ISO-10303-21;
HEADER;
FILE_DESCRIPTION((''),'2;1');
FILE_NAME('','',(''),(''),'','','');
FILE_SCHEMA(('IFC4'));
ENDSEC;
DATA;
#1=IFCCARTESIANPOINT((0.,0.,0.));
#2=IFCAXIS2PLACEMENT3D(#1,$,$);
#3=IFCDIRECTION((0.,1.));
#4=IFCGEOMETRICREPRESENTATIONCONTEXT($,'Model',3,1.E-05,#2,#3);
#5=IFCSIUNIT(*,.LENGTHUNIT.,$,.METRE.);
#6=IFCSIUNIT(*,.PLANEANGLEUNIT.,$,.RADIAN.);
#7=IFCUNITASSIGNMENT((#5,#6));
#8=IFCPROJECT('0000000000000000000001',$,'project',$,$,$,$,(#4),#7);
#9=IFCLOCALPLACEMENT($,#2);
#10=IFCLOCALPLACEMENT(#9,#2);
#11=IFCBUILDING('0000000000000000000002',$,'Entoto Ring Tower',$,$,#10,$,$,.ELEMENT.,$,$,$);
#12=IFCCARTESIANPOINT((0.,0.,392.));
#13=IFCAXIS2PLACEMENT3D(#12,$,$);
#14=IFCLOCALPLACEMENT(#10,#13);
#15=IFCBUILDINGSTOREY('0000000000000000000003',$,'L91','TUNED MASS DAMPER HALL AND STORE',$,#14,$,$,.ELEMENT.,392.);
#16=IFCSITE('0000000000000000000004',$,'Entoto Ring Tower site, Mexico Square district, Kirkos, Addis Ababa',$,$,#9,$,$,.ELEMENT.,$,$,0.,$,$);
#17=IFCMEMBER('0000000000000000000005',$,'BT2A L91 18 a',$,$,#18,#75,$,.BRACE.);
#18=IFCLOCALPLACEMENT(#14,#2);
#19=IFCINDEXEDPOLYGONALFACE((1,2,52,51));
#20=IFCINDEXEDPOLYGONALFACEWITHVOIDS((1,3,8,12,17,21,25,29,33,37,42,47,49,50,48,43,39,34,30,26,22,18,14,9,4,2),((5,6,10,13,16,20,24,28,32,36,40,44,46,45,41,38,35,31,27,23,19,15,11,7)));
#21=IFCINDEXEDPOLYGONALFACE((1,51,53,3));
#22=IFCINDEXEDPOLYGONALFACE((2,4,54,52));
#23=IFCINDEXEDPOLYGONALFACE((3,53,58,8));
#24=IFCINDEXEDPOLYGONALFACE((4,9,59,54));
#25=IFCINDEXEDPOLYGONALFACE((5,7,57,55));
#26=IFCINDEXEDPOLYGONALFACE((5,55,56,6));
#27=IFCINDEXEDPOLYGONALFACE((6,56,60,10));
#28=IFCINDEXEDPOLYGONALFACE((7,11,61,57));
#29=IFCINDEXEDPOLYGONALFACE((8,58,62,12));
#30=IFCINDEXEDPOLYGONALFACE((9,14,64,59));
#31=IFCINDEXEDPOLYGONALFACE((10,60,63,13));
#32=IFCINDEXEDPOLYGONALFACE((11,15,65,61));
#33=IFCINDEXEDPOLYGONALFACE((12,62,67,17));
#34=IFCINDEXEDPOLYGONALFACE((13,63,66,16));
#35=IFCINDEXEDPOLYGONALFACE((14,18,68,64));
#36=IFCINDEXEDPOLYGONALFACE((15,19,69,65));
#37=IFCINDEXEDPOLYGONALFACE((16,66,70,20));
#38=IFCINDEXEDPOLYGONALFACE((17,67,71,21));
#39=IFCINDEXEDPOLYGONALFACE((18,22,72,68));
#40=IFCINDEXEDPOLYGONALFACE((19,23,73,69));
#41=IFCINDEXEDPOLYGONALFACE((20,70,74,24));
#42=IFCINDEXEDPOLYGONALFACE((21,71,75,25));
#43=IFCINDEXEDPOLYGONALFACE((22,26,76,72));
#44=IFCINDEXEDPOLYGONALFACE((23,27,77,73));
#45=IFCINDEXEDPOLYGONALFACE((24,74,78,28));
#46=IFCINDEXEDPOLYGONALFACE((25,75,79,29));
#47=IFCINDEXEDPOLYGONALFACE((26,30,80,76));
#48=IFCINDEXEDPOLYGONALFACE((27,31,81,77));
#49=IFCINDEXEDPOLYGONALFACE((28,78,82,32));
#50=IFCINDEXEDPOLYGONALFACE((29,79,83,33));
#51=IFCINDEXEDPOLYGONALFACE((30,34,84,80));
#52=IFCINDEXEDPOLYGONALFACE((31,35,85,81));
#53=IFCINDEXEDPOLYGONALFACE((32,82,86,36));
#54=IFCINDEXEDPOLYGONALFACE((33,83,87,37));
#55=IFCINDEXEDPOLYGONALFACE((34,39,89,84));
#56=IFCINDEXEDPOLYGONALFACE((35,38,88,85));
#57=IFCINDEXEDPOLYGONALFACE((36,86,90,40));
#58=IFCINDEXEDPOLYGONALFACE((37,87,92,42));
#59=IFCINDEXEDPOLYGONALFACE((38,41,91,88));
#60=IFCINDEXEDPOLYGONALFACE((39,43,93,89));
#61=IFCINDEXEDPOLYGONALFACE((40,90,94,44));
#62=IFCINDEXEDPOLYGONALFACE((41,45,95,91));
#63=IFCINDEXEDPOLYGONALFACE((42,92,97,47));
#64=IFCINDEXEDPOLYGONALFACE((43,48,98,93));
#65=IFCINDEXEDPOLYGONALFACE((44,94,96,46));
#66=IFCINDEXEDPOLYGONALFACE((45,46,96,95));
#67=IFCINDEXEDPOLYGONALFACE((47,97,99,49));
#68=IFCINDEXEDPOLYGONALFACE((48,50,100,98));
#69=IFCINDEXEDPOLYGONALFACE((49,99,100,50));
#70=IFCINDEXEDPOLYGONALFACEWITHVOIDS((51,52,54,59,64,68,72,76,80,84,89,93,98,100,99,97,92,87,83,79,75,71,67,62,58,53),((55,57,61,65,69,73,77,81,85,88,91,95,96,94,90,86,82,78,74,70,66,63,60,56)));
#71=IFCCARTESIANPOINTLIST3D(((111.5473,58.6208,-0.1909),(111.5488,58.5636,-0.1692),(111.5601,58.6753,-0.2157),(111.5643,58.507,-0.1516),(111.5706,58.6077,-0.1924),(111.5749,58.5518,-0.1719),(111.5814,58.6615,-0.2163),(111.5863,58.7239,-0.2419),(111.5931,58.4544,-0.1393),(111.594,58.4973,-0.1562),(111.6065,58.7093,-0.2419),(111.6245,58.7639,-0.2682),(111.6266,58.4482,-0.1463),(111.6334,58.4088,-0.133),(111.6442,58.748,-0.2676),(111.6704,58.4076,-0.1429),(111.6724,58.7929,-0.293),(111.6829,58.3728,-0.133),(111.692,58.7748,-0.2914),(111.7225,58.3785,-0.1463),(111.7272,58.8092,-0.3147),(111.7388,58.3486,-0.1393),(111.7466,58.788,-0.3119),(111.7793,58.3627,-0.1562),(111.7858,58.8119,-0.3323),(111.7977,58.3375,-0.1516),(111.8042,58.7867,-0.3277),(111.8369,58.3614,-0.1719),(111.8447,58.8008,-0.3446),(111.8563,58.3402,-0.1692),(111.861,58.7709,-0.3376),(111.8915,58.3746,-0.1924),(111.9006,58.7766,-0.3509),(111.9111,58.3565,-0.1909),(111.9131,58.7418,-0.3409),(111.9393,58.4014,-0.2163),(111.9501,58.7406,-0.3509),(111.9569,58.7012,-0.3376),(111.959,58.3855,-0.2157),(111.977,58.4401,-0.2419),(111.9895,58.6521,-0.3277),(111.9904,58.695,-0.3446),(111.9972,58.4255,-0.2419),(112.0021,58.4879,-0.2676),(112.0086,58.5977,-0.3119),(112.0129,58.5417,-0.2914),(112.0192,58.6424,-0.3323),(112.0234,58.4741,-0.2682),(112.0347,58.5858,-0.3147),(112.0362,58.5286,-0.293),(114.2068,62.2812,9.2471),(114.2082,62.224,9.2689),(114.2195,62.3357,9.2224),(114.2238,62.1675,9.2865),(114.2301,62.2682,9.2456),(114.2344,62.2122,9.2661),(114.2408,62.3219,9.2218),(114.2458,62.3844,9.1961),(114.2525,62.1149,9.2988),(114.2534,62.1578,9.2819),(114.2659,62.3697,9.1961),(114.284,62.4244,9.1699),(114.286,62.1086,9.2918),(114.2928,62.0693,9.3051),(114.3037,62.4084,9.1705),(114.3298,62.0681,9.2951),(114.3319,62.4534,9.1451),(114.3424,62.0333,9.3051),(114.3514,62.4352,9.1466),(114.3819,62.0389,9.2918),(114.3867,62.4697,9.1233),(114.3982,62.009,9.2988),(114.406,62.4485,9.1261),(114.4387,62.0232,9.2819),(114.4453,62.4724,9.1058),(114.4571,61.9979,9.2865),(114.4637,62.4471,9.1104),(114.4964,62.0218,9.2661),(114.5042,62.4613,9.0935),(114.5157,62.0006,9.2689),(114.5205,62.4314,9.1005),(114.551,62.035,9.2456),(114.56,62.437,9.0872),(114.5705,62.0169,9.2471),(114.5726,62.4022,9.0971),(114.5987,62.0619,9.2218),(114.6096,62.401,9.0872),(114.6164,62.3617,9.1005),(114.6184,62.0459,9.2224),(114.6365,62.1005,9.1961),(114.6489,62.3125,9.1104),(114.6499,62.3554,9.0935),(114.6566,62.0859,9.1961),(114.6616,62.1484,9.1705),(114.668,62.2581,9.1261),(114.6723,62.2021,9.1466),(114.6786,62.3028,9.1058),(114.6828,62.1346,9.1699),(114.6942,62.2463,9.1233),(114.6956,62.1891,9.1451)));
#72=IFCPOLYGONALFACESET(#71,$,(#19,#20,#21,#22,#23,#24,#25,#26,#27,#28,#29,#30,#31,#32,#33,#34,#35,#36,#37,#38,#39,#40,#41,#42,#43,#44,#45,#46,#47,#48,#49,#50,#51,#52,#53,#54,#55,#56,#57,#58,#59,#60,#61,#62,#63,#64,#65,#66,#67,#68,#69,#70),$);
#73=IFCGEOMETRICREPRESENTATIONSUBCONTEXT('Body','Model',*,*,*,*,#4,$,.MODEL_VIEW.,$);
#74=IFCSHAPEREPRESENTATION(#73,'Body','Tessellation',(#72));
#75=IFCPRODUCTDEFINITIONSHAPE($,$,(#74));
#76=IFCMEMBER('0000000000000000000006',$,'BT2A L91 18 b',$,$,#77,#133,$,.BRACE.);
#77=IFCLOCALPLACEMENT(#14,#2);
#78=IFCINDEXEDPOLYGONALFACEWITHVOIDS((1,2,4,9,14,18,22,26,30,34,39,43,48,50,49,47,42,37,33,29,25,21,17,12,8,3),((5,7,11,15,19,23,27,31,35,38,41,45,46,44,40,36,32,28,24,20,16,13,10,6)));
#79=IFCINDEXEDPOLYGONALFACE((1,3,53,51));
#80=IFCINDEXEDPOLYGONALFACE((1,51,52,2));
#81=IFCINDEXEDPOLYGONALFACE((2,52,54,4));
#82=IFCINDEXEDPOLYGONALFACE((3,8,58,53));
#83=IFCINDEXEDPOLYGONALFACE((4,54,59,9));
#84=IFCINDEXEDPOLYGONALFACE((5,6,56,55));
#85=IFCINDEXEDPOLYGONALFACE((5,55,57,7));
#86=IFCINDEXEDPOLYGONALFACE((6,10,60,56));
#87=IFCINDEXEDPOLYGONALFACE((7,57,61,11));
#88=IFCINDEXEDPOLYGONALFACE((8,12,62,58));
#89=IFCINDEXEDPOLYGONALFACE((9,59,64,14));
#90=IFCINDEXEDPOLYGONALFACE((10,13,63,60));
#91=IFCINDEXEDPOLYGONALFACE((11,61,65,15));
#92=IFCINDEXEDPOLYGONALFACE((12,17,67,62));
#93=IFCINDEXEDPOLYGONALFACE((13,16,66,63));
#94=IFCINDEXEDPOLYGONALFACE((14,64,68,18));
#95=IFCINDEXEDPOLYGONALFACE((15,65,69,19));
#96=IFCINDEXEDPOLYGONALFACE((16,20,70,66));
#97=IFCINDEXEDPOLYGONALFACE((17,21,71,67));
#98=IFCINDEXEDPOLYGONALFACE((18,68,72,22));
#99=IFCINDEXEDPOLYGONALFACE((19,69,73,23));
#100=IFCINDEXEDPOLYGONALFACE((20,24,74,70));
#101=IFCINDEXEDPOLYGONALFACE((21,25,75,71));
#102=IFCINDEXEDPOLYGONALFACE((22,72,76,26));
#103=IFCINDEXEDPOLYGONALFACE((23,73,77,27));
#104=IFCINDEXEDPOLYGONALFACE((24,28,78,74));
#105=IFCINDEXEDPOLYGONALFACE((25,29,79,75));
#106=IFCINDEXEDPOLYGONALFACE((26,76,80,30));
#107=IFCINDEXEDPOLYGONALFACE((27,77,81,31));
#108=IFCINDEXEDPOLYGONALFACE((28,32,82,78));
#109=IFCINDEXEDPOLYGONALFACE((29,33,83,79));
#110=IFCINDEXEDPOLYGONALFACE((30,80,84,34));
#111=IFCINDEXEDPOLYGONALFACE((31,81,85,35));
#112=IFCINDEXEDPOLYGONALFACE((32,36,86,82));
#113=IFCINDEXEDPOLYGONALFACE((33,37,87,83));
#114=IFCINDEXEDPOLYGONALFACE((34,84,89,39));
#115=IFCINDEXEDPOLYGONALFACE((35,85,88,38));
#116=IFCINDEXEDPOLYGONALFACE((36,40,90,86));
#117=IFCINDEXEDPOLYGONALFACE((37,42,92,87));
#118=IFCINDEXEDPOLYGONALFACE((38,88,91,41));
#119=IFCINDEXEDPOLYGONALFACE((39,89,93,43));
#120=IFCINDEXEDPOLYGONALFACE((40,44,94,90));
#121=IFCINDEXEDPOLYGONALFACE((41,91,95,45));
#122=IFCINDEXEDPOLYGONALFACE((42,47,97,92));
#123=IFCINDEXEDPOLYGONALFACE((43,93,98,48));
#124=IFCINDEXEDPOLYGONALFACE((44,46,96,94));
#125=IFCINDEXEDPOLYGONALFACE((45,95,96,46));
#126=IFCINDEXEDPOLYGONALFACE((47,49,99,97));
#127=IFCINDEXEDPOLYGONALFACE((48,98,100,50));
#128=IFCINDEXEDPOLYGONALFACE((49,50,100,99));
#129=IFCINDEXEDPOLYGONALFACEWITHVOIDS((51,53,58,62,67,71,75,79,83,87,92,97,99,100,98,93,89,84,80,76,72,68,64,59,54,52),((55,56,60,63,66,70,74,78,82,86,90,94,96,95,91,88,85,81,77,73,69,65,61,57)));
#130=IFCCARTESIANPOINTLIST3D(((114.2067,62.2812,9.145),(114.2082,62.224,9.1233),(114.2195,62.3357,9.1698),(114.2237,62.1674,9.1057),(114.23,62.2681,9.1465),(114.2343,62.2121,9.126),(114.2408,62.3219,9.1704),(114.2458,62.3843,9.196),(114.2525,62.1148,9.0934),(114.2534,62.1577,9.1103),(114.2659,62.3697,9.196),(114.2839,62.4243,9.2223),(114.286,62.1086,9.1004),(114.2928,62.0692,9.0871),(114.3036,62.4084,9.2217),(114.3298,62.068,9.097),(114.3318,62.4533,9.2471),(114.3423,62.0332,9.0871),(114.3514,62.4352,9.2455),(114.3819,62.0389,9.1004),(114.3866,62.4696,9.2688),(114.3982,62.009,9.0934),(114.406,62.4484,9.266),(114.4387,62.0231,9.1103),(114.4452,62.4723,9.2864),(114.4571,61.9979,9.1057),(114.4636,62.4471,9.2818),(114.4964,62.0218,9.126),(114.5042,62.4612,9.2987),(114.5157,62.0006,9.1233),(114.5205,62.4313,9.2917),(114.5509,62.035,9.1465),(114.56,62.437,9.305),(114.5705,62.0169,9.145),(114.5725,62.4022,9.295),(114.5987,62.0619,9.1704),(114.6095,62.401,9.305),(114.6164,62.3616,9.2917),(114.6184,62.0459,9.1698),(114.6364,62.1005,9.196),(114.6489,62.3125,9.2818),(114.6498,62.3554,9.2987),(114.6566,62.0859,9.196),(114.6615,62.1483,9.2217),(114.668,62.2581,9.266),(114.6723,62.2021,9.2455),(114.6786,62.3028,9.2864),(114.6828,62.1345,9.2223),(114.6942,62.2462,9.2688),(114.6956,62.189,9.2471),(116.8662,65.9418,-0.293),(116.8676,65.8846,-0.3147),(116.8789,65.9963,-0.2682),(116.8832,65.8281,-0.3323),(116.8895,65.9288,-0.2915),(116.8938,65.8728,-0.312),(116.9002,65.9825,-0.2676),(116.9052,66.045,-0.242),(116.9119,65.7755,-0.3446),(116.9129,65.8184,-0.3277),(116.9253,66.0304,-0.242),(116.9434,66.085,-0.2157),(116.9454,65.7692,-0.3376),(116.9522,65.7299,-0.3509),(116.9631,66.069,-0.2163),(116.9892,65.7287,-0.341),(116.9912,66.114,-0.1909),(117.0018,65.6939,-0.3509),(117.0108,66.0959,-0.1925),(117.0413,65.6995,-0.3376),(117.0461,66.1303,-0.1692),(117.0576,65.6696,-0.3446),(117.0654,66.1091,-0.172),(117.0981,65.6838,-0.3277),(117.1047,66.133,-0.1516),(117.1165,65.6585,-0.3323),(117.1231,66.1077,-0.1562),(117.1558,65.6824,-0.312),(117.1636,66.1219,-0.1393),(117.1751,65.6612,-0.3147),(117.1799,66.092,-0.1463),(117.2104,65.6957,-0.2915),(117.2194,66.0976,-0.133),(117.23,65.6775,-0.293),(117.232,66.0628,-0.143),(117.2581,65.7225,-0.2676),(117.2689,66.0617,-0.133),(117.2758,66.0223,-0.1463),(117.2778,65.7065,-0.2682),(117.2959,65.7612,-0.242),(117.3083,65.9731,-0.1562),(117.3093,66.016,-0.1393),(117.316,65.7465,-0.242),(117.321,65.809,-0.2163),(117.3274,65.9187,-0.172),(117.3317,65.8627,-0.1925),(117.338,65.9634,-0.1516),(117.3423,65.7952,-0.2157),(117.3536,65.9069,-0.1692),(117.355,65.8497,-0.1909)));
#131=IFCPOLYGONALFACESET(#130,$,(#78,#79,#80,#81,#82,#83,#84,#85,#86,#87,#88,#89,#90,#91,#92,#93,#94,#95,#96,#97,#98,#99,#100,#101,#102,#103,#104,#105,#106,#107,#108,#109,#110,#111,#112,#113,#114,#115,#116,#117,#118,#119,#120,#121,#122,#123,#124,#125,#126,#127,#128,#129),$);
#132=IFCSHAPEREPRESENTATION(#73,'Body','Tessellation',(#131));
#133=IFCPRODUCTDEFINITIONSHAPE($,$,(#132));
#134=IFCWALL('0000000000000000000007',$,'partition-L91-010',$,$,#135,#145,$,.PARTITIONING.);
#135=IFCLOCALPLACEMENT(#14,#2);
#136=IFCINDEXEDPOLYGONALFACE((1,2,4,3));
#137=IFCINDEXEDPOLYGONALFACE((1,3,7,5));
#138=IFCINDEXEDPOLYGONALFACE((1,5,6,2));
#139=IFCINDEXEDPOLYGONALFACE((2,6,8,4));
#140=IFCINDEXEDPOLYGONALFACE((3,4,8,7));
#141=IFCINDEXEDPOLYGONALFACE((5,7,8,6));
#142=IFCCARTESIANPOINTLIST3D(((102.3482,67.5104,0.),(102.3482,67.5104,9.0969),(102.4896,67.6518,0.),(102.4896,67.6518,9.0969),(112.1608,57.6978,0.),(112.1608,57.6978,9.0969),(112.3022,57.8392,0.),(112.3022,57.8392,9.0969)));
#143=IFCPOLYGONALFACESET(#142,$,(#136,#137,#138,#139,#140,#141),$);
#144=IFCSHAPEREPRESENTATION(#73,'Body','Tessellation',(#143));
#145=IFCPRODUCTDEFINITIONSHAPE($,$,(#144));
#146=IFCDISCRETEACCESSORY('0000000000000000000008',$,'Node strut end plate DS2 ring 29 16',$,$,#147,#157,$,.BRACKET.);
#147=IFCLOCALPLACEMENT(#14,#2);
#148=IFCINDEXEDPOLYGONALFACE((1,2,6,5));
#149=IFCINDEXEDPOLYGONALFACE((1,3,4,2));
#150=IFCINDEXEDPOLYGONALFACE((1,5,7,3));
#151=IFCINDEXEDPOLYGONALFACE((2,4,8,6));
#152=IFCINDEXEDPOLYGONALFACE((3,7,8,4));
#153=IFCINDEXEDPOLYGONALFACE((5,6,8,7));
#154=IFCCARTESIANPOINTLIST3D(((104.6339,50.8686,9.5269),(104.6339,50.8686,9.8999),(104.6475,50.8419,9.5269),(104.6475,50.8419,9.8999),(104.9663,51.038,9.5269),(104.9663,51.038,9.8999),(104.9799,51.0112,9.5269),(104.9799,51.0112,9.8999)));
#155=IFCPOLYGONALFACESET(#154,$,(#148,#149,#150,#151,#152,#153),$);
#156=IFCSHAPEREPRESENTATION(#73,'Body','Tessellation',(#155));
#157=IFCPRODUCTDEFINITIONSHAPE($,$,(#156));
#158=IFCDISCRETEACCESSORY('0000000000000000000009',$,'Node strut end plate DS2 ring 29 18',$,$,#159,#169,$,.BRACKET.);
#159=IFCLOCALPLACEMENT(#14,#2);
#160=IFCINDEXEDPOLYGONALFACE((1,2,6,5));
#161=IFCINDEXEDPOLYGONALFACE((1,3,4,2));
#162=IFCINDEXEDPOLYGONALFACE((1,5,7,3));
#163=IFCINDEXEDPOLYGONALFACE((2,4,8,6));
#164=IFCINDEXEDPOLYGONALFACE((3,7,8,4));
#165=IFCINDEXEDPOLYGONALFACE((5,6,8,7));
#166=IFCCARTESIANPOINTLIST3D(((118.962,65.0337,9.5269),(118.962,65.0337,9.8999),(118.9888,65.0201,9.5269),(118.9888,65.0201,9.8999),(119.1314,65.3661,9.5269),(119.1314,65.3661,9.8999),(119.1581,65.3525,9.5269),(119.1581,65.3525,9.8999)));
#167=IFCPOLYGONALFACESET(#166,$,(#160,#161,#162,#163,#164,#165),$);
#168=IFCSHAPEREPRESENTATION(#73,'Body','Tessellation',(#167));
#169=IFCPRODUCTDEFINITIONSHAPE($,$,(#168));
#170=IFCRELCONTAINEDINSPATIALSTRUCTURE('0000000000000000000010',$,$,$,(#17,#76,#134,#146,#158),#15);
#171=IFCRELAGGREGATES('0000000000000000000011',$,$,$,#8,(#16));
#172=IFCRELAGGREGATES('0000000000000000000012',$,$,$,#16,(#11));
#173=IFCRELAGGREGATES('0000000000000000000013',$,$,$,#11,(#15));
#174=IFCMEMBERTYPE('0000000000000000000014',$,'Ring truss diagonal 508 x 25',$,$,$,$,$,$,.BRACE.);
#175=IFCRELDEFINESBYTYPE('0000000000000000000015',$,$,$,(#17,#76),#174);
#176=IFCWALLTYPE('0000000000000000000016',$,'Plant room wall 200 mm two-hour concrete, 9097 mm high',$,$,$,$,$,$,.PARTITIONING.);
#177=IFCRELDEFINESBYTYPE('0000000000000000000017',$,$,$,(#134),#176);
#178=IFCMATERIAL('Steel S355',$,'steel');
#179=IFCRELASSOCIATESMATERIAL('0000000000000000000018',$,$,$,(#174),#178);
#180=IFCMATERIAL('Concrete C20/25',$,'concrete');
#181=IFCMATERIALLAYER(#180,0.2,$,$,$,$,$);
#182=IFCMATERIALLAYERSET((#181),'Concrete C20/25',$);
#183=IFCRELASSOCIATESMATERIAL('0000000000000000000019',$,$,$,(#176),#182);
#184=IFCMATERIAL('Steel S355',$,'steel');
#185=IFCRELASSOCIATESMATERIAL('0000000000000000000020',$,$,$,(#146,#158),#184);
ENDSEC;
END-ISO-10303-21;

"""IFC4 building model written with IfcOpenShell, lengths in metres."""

from ifc_helpers import new_model, si_unit, direction, frame, frame_2d, origin, origin_2d, place, context, subcontext, project, spatial, rectangle, circle, hollow_circle, extrude, material, layer, layer_set, material_profile, profile_set, type_object, element, save


model = new_model("IFC4")

# Units and contexts
model_context = context("Model", 3, precision=1e-05, world=origin(), true_north=direction((0.0, 1.0)))
body_context = subcontext(model_context, "Body", "Model", "MODEL_VIEW")
ifc_project = project(units=[si_unit("LENGTHUNIT", "METRE"), si_unit("PLANEANGLEUNIT", "RADIAN")], contexts=[model_context])

# Site, building, storey
site_placement = place(None, origin())
site = spatial("IfcSite", under=ifc_project, at=site_placement, Name="Entoto Ring Tower site, Mexico Square district, Kirkos, Addis Ababa", CompositionType="ELEMENT", RefElevation=0.0)
building_placement = place(site_placement, origin())
building = spatial("IfcBuilding", under=site, at=building_placement, Name="Entoto Ring Tower", CompositionType="ELEMENT")
storey_placement = place(building_placement, frame((0.0, 0.0, 392.0)))
storey = spatial("IfcBuildingStorey", under=building, at=storey_placement, Name="L91", Description="TUNED MASS DAMPER HALL AND STORE", CompositionType="ELEMENT", Elevation=392.0)

# Members
ifc_material_1 = material(Name="Steel S355", Category="steel")
ifc_material_profile_1 = material_profile(ifc_material_1, hollow_circle(Radius=0.2539, WallThickness=0.0249, at=origin_2d()), Name="CHS 508 x 25")
ifc_material_2 = material(Name="Concrete C60/75", Category="concrete")
ifc_material_profile_2 = material_profile(ifc_material_2, circle(Radius=0.229, at=origin_2d()), Name="Concrete C60/75 infill")
ifc_profile_set_1 = profile_set([ifc_material_profile_1, ifc_material_profile_2], Name="Steel S355")
member_type_1 = type_object("IfcMemberType", Name="Ring truss diagonal 508 x 25", PredefinedType="BRACE", material=ifc_profile_set_1)
for number, where, z_axis, x_axis, name in (
    (1, (111.7917, 58.5747, -0.2419), (0.25409, 0.349727, 0.901737), (-0.809018, 0.587783, 0.0), "BT2A L91 18 a"),
    (2, (114.4512, 62.2351, 9.196), (0.254088, 0.349747, -0.901729), (-0.809037, 0.587758, 0.0), "BT2A L91 18 b"),
):
    element("IfcMember", number, at=place(storey_placement, frame(where, z_axis=z_axis, x_axis=x_axis)), inside=storey, type_object=member_type_1, Name=name, PredefinedType="BRACE", context=body_context, shape_type="SweptSolid", body=[
        extrude(hollow_circle(Radius=0.2539, WallThickness=0.0249, at=origin_2d()), origin(), (0.0, 0.0, 1.0), 10.4666),
    ])

# Wall
ifc_material_3 = material(Name="Concrete C20/25", Category="concrete")
ifc_layer = layer(ifc_material_3, 0.2)
ifc_layer_set = layer_set([ifc_layer], Name="Concrete C20/25")
wall_type = type_object("IfcWallType", Name="Plant room wall 200 mm two-hour concrete, 9097 mm high", PredefinedType="PARTITIONING", material=ifc_layer_set)
wall_placement = place(storey_placement, frame((112.2314, 57.7686, 0.0), z_axis=(0.0, 0.0, 1.0), x_axis=(-0.707107, 0.707107, 0.0)))
element("IfcWall", 3, at=wall_placement, inside=storey, type_object=wall_type, Name="partition-L91-010", PredefinedType="PARTITIONING", context=body_context, shape_type="SweptSolid", body=[
    extrude(rectangle(XDim=13.8772, YDim=0.2, at=frame_2d((6.9385, 0.0))), origin(), (0.0, 0.0, 1.0), 9.0969),
])

# Discrete accessories
ifc_material_4 = material(Name="Steel S355", Category="steel")
for number, where, z_axis, x_axis, name in (
    (4, (104.8069, 50.9399, 9.5269), (0.0, 0.0, 1.0), (0.45399, -0.891007, 0.0), "Node strut end plate DS2 ring 29 16"),
    (5, (119.0601, 65.1931, 9.5269), (0.0, 0.0, 1.0), (0.891007, -0.45399, 0.0), "Node strut end plate DS2 ring 29 18"),
):
    element("IfcDiscreteAccessory", number, at=place(storey_placement, frame(where, z_axis=z_axis, x_axis=x_axis)), inside=storey, material=ifc_material_4, Name=name, PredefinedType="BRACKET", context=body_context, shape_type="SweptSolid", body=[
        extrude(rectangle(XDim=0.03, YDim=0.373, at=origin_2d()), origin(), (0.0, 0.0, 1.0), 0.373),
    ])

save(model, "model.ifc")
